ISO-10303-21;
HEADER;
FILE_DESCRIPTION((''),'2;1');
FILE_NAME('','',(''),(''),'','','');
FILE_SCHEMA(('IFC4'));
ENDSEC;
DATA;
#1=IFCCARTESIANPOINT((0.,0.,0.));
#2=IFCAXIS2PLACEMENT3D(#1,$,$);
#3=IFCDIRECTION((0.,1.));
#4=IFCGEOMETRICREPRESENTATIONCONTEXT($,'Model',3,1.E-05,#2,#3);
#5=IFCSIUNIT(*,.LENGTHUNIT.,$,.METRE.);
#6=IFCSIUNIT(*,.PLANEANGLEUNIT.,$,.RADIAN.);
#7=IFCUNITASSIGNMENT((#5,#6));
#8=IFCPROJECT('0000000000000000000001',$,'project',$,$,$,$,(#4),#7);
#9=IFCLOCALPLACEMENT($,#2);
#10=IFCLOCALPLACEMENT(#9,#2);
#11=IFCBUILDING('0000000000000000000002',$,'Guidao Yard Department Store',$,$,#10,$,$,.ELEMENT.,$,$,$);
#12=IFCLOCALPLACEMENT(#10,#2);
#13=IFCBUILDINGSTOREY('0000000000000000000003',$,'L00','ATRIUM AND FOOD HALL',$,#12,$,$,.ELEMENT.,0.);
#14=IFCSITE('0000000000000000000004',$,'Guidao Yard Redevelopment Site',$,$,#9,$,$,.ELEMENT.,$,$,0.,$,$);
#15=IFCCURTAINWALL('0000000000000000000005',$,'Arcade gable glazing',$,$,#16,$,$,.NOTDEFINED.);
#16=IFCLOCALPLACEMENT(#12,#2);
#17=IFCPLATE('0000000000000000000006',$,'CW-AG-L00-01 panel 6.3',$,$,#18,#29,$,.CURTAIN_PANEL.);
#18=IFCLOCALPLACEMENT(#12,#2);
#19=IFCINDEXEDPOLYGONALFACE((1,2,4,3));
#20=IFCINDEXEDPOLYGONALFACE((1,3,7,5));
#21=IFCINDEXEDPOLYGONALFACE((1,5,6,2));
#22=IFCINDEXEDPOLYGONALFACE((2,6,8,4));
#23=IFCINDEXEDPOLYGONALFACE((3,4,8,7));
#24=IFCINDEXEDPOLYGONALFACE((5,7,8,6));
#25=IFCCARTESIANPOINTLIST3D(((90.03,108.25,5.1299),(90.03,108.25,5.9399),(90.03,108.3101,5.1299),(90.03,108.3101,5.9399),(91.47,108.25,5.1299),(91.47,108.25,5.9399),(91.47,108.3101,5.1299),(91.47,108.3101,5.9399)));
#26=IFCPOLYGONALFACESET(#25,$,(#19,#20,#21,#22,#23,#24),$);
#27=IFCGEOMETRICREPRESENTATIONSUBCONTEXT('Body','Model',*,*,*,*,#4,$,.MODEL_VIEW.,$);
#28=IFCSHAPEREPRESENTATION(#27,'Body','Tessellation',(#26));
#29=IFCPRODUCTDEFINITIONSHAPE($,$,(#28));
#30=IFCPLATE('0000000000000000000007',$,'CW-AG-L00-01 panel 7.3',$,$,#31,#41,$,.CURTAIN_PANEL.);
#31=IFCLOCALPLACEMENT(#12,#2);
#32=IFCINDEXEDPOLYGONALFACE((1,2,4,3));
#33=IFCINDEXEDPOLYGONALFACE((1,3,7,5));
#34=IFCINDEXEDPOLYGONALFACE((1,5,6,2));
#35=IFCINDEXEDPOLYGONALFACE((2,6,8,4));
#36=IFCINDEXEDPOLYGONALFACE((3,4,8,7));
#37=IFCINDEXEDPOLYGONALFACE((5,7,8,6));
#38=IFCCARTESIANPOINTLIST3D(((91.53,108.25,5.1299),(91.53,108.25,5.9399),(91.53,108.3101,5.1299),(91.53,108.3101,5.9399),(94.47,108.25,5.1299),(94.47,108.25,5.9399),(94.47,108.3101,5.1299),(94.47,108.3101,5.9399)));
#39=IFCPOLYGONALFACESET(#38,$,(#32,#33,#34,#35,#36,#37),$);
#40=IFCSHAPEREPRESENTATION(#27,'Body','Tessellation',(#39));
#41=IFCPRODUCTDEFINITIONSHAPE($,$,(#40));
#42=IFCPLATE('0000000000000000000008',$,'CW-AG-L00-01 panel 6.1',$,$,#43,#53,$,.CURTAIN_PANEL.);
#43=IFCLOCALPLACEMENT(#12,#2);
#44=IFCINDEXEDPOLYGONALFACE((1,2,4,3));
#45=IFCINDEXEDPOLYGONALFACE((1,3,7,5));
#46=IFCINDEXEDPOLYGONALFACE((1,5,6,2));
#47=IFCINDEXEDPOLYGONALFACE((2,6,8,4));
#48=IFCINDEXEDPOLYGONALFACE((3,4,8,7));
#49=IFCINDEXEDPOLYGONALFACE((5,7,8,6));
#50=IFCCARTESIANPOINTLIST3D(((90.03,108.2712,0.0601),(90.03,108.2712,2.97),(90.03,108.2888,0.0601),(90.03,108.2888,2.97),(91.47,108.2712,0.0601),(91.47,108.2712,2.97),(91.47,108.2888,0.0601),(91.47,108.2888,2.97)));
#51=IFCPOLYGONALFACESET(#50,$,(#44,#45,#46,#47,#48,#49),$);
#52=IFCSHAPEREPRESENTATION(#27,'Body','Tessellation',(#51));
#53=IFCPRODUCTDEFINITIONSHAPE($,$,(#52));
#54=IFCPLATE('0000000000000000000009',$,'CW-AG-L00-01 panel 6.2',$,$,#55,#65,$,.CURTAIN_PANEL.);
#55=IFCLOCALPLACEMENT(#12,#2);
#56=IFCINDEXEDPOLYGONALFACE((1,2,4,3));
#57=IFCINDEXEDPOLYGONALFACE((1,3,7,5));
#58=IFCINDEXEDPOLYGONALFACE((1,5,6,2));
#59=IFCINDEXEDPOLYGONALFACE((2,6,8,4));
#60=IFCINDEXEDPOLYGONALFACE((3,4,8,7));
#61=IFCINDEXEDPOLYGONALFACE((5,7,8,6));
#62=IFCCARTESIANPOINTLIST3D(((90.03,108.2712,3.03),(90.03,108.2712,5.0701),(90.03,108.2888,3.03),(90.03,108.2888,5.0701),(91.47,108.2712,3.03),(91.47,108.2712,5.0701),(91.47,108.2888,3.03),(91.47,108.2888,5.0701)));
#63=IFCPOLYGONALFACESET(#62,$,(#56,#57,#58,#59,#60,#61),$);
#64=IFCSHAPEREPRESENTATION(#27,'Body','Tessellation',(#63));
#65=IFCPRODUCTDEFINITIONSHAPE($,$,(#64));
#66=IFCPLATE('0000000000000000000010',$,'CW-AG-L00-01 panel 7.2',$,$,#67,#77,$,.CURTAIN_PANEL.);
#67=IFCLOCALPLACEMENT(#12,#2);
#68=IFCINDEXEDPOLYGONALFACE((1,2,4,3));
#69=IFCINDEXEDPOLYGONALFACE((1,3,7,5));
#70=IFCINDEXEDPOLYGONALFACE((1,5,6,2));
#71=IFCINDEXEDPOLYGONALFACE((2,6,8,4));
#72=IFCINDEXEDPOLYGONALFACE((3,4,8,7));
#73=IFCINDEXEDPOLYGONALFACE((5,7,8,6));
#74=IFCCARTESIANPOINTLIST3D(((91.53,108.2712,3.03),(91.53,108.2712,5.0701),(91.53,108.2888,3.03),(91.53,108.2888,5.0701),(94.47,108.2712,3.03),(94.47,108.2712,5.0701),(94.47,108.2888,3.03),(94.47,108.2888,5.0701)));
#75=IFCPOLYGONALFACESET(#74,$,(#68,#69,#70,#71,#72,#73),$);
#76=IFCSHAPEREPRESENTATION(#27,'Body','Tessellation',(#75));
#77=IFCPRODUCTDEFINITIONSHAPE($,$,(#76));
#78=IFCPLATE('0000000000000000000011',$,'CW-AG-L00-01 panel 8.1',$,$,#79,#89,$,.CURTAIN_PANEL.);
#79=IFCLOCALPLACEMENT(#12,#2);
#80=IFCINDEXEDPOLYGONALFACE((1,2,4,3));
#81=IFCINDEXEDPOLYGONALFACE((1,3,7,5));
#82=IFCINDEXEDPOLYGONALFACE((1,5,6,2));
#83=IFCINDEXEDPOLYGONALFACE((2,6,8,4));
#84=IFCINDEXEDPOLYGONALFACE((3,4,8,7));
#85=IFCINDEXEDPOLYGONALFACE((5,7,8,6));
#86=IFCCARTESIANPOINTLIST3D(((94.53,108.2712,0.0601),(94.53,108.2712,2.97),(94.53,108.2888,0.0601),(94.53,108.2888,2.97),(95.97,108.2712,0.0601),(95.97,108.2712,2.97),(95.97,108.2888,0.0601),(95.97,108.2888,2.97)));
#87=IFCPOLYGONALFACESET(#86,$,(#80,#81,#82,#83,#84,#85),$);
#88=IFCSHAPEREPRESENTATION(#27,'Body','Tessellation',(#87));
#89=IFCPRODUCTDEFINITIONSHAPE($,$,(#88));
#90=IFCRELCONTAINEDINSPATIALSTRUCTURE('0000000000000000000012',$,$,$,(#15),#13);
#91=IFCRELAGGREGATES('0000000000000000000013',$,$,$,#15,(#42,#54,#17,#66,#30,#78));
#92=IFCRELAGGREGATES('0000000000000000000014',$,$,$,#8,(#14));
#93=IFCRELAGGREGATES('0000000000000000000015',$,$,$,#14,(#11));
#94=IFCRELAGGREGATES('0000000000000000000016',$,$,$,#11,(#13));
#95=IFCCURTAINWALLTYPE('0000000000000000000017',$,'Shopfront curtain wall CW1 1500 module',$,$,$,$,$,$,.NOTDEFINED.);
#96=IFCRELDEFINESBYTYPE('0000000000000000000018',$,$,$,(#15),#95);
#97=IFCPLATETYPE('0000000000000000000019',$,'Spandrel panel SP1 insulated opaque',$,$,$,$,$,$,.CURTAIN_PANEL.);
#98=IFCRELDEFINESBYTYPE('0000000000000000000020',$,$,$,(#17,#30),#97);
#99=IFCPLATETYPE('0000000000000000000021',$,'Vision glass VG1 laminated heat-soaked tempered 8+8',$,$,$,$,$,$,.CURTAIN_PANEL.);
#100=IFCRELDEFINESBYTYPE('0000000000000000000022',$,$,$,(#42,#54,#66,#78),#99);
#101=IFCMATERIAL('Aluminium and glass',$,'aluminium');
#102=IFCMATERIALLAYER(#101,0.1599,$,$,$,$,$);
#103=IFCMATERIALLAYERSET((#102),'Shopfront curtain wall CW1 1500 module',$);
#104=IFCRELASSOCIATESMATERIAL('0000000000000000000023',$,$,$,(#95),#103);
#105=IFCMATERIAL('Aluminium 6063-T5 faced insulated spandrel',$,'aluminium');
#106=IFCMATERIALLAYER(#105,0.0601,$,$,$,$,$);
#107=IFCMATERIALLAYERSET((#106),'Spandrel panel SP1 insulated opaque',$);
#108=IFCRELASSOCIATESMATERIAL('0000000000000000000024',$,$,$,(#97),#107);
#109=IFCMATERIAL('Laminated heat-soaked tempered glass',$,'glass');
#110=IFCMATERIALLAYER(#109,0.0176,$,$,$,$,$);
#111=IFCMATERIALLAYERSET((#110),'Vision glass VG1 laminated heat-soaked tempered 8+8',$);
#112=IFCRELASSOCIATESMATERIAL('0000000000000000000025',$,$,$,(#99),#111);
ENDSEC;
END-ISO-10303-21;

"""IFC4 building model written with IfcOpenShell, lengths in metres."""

from ifc_helpers import new_model, si_unit, direction, frame, origin, origin_2d, place, context, subcontext, project, spatial, rectangle, extrude, material, layer, layer_set, type_object, element, aggregate, save


model = new_model("IFC4")

# Units and contexts
model_context = context("Model", 3, precision=1e-05, world=origin(), true_north=direction((0.0, 1.0)))
body_context = subcontext(model_context, "Body", "Model", "MODEL_VIEW")
ifc_project = project(units=[si_unit("LENGTHUNIT", "METRE"), si_unit("PLANEANGLEUNIT", "RADIAN")], contexts=[model_context])

# Site, building, storey
site_placement = place(None, origin())
site = spatial("IfcSite", under=ifc_project, at=site_placement, Name="Guidao Yard Redevelopment Site", CompositionType="ELEMENT", RefElevation=0.0)
building_placement = place(site_placement, origin())
building = spatial("IfcBuilding", under=site, at=building_placement, Name="Guidao Yard Department Store", CompositionType="ELEMENT")
storey_placement = place(building_placement, origin())
storey = spatial("IfcBuildingStorey", under=building, at=storey_placement, Name="L00", Description="ATRIUM AND FOOD HALL", CompositionType="ELEMENT", Elevation=0.0)

# Curtain wall
ifc_material_1 = material(Name="Aluminium and glass", Category="aluminium")
ifc_layer_1 = layer(ifc_material_1, 0.1599)
ifc_layer_set_1 = layer_set([ifc_layer_1], Name="Shopfront curtain wall CW1 1500 module")
curtain_wall_type = type_object("IfcCurtainWallType", Name="Shopfront curtain wall CW1 1500 module", PredefinedType="NOTDEFINED", material=ifc_layer_set_1)
curtain_wall_placement = place(storey_placement, origin())
curtain_wall = element("IfcCurtainWall", 1, at=curtain_wall_placement, inside=storey, type_object=curtain_wall_type, Name="Arcade gable glazing", PredefinedType="NOTDEFINED")

# Plates
ifc_material_2 = material(Name="Aluminium 6063-T5 faced insulated spandrel", Category="aluminium")
ifc_layer_2 = layer(ifc_material_2, 0.0601)
ifc_layer_set_2 = layer_set([ifc_layer_2], Name="Spandrel panel SP1 insulated opaque")
plate_type_1 = type_object("IfcPlateType", Name="Spandrel panel SP1 insulated opaque", PredefinedType="CURTAIN_PANEL", material=ifc_layer_set_2)
plate_1_placement = place(storey_placement, frame((90.75, 108.28, 5.1299), z_axis=(0.0, 0.0, 1.0), x_axis=(1.0, 0.0, 0.0)))
plate_1 = element("IfcPlate", 2, at=plate_1_placement, type_object=plate_type_1, Name="CW-AG-L00-01 panel 6.3", PredefinedType="CURTAIN_PANEL", context=body_context, shape_type="SweptSolid", body=[
    extrude(rectangle(XDim=1.4399, YDim=0.0601, at=origin_2d()), origin(), (0.0, 0.0, 1.0), 0.8101),
])
plate_2_placement = place(storey_placement, frame((93.0, 108.28, 5.1299), z_axis=(0.0, 0.0, 1.0), x_axis=(1.0, 0.0, 0.0)))
plate_2 = element("IfcPlate", 3, at=plate_2_placement, type_object=plate_type_1, Name="CW-AG-L00-01 panel 7.3", PredefinedType="CURTAIN_PANEL", context=body_context, shape_type="SweptSolid", body=[
    extrude(rectangle(XDim=2.9399, YDim=0.0601, at=origin_2d()), origin(), (0.0, 0.0, 1.0), 0.8101),
])
ifc_material_3 = material(Name="Laminated heat-soaked tempered glass", Category="glass")
ifc_layer_3 = layer(ifc_material_3, 0.0176)
ifc_layer_set_3 = layer_set([ifc_layer_3], Name="Vision glass VG1 laminated heat-soaked tempered 8+8")
plate_type_2 = type_object("IfcPlateType", Name="Vision glass VG1 laminated heat-soaked tempered 8+8", PredefinedType="CURTAIN_PANEL", material=ifc_layer_set_3)
plate_3_placement = place(storey_placement, frame((90.75, 108.28, 0.0601), z_axis=(0.0, 0.0, 1.0), x_axis=(1.0, 0.0, 0.0)))
plate_3 = element("IfcPlate", 4, at=plate_3_placement, type_object=plate_type_2, Name="CW-AG-L00-01 panel 6.1", PredefinedType="CURTAIN_PANEL", context=body_context, shape_type="SweptSolid", body=[
    extrude(rectangle(XDim=1.4399, YDim=0.0176, at=origin_2d()), origin(), (0.0, 0.0, 1.0), 2.9099),
])
plate_4_placement = place(storey_placement, frame((90.75, 108.28, 3.03), z_axis=(0.0, 0.0, 1.0), x_axis=(1.0, 0.0, 0.0)))
plate_4 = element("IfcPlate", 5, at=plate_4_placement, type_object=plate_type_2, Name="CW-AG-L00-01 panel 6.2", PredefinedType="CURTAIN_PANEL", context=body_context, shape_type="SweptSolid", body=[
    extrude(rectangle(XDim=1.4399, YDim=0.0176, at=origin_2d()), origin(), (0.0, 0.0, 1.0), 2.04),
])
plate_5_placement = place(storey_placement, frame((93.0, 108.28, 3.03), z_axis=(0.0, 0.0, 1.0), x_axis=(1.0, 0.0, 0.0)))
plate_5 = element("IfcPlate", 6, at=plate_5_placement, type_object=plate_type_2, Name="CW-AG-L00-01 panel 7.2", PredefinedType="CURTAIN_PANEL", context=body_context, shape_type="SweptSolid", body=[
    extrude(rectangle(XDim=2.9399, YDim=0.0176, at=origin_2d()), origin(), (0.0, 0.0, 1.0), 2.04),
])
plate_6_placement = place(storey_placement, frame((95.25, 108.28, 0.0601), z_axis=(0.0, 0.0, 1.0), x_axis=(1.0, 0.0, 0.0)))
plate_6 = element("IfcPlate", 7, at=plate_6_placement, type_object=plate_type_2, Name="CW-AG-L00-01 panel 8.1", PredefinedType="CURTAIN_PANEL", context=body_context, shape_type="SweptSolid", body=[
    extrude(rectangle(XDim=1.4399, YDim=0.0176, at=origin_2d()), origin(), (0.0, 0.0, 1.0), 2.9099),
])
aggregate(curtain_wall, [plate_3, plate_4, plate_1, plate_5, plate_2, plate_6])

save(model, "model.ifc")
